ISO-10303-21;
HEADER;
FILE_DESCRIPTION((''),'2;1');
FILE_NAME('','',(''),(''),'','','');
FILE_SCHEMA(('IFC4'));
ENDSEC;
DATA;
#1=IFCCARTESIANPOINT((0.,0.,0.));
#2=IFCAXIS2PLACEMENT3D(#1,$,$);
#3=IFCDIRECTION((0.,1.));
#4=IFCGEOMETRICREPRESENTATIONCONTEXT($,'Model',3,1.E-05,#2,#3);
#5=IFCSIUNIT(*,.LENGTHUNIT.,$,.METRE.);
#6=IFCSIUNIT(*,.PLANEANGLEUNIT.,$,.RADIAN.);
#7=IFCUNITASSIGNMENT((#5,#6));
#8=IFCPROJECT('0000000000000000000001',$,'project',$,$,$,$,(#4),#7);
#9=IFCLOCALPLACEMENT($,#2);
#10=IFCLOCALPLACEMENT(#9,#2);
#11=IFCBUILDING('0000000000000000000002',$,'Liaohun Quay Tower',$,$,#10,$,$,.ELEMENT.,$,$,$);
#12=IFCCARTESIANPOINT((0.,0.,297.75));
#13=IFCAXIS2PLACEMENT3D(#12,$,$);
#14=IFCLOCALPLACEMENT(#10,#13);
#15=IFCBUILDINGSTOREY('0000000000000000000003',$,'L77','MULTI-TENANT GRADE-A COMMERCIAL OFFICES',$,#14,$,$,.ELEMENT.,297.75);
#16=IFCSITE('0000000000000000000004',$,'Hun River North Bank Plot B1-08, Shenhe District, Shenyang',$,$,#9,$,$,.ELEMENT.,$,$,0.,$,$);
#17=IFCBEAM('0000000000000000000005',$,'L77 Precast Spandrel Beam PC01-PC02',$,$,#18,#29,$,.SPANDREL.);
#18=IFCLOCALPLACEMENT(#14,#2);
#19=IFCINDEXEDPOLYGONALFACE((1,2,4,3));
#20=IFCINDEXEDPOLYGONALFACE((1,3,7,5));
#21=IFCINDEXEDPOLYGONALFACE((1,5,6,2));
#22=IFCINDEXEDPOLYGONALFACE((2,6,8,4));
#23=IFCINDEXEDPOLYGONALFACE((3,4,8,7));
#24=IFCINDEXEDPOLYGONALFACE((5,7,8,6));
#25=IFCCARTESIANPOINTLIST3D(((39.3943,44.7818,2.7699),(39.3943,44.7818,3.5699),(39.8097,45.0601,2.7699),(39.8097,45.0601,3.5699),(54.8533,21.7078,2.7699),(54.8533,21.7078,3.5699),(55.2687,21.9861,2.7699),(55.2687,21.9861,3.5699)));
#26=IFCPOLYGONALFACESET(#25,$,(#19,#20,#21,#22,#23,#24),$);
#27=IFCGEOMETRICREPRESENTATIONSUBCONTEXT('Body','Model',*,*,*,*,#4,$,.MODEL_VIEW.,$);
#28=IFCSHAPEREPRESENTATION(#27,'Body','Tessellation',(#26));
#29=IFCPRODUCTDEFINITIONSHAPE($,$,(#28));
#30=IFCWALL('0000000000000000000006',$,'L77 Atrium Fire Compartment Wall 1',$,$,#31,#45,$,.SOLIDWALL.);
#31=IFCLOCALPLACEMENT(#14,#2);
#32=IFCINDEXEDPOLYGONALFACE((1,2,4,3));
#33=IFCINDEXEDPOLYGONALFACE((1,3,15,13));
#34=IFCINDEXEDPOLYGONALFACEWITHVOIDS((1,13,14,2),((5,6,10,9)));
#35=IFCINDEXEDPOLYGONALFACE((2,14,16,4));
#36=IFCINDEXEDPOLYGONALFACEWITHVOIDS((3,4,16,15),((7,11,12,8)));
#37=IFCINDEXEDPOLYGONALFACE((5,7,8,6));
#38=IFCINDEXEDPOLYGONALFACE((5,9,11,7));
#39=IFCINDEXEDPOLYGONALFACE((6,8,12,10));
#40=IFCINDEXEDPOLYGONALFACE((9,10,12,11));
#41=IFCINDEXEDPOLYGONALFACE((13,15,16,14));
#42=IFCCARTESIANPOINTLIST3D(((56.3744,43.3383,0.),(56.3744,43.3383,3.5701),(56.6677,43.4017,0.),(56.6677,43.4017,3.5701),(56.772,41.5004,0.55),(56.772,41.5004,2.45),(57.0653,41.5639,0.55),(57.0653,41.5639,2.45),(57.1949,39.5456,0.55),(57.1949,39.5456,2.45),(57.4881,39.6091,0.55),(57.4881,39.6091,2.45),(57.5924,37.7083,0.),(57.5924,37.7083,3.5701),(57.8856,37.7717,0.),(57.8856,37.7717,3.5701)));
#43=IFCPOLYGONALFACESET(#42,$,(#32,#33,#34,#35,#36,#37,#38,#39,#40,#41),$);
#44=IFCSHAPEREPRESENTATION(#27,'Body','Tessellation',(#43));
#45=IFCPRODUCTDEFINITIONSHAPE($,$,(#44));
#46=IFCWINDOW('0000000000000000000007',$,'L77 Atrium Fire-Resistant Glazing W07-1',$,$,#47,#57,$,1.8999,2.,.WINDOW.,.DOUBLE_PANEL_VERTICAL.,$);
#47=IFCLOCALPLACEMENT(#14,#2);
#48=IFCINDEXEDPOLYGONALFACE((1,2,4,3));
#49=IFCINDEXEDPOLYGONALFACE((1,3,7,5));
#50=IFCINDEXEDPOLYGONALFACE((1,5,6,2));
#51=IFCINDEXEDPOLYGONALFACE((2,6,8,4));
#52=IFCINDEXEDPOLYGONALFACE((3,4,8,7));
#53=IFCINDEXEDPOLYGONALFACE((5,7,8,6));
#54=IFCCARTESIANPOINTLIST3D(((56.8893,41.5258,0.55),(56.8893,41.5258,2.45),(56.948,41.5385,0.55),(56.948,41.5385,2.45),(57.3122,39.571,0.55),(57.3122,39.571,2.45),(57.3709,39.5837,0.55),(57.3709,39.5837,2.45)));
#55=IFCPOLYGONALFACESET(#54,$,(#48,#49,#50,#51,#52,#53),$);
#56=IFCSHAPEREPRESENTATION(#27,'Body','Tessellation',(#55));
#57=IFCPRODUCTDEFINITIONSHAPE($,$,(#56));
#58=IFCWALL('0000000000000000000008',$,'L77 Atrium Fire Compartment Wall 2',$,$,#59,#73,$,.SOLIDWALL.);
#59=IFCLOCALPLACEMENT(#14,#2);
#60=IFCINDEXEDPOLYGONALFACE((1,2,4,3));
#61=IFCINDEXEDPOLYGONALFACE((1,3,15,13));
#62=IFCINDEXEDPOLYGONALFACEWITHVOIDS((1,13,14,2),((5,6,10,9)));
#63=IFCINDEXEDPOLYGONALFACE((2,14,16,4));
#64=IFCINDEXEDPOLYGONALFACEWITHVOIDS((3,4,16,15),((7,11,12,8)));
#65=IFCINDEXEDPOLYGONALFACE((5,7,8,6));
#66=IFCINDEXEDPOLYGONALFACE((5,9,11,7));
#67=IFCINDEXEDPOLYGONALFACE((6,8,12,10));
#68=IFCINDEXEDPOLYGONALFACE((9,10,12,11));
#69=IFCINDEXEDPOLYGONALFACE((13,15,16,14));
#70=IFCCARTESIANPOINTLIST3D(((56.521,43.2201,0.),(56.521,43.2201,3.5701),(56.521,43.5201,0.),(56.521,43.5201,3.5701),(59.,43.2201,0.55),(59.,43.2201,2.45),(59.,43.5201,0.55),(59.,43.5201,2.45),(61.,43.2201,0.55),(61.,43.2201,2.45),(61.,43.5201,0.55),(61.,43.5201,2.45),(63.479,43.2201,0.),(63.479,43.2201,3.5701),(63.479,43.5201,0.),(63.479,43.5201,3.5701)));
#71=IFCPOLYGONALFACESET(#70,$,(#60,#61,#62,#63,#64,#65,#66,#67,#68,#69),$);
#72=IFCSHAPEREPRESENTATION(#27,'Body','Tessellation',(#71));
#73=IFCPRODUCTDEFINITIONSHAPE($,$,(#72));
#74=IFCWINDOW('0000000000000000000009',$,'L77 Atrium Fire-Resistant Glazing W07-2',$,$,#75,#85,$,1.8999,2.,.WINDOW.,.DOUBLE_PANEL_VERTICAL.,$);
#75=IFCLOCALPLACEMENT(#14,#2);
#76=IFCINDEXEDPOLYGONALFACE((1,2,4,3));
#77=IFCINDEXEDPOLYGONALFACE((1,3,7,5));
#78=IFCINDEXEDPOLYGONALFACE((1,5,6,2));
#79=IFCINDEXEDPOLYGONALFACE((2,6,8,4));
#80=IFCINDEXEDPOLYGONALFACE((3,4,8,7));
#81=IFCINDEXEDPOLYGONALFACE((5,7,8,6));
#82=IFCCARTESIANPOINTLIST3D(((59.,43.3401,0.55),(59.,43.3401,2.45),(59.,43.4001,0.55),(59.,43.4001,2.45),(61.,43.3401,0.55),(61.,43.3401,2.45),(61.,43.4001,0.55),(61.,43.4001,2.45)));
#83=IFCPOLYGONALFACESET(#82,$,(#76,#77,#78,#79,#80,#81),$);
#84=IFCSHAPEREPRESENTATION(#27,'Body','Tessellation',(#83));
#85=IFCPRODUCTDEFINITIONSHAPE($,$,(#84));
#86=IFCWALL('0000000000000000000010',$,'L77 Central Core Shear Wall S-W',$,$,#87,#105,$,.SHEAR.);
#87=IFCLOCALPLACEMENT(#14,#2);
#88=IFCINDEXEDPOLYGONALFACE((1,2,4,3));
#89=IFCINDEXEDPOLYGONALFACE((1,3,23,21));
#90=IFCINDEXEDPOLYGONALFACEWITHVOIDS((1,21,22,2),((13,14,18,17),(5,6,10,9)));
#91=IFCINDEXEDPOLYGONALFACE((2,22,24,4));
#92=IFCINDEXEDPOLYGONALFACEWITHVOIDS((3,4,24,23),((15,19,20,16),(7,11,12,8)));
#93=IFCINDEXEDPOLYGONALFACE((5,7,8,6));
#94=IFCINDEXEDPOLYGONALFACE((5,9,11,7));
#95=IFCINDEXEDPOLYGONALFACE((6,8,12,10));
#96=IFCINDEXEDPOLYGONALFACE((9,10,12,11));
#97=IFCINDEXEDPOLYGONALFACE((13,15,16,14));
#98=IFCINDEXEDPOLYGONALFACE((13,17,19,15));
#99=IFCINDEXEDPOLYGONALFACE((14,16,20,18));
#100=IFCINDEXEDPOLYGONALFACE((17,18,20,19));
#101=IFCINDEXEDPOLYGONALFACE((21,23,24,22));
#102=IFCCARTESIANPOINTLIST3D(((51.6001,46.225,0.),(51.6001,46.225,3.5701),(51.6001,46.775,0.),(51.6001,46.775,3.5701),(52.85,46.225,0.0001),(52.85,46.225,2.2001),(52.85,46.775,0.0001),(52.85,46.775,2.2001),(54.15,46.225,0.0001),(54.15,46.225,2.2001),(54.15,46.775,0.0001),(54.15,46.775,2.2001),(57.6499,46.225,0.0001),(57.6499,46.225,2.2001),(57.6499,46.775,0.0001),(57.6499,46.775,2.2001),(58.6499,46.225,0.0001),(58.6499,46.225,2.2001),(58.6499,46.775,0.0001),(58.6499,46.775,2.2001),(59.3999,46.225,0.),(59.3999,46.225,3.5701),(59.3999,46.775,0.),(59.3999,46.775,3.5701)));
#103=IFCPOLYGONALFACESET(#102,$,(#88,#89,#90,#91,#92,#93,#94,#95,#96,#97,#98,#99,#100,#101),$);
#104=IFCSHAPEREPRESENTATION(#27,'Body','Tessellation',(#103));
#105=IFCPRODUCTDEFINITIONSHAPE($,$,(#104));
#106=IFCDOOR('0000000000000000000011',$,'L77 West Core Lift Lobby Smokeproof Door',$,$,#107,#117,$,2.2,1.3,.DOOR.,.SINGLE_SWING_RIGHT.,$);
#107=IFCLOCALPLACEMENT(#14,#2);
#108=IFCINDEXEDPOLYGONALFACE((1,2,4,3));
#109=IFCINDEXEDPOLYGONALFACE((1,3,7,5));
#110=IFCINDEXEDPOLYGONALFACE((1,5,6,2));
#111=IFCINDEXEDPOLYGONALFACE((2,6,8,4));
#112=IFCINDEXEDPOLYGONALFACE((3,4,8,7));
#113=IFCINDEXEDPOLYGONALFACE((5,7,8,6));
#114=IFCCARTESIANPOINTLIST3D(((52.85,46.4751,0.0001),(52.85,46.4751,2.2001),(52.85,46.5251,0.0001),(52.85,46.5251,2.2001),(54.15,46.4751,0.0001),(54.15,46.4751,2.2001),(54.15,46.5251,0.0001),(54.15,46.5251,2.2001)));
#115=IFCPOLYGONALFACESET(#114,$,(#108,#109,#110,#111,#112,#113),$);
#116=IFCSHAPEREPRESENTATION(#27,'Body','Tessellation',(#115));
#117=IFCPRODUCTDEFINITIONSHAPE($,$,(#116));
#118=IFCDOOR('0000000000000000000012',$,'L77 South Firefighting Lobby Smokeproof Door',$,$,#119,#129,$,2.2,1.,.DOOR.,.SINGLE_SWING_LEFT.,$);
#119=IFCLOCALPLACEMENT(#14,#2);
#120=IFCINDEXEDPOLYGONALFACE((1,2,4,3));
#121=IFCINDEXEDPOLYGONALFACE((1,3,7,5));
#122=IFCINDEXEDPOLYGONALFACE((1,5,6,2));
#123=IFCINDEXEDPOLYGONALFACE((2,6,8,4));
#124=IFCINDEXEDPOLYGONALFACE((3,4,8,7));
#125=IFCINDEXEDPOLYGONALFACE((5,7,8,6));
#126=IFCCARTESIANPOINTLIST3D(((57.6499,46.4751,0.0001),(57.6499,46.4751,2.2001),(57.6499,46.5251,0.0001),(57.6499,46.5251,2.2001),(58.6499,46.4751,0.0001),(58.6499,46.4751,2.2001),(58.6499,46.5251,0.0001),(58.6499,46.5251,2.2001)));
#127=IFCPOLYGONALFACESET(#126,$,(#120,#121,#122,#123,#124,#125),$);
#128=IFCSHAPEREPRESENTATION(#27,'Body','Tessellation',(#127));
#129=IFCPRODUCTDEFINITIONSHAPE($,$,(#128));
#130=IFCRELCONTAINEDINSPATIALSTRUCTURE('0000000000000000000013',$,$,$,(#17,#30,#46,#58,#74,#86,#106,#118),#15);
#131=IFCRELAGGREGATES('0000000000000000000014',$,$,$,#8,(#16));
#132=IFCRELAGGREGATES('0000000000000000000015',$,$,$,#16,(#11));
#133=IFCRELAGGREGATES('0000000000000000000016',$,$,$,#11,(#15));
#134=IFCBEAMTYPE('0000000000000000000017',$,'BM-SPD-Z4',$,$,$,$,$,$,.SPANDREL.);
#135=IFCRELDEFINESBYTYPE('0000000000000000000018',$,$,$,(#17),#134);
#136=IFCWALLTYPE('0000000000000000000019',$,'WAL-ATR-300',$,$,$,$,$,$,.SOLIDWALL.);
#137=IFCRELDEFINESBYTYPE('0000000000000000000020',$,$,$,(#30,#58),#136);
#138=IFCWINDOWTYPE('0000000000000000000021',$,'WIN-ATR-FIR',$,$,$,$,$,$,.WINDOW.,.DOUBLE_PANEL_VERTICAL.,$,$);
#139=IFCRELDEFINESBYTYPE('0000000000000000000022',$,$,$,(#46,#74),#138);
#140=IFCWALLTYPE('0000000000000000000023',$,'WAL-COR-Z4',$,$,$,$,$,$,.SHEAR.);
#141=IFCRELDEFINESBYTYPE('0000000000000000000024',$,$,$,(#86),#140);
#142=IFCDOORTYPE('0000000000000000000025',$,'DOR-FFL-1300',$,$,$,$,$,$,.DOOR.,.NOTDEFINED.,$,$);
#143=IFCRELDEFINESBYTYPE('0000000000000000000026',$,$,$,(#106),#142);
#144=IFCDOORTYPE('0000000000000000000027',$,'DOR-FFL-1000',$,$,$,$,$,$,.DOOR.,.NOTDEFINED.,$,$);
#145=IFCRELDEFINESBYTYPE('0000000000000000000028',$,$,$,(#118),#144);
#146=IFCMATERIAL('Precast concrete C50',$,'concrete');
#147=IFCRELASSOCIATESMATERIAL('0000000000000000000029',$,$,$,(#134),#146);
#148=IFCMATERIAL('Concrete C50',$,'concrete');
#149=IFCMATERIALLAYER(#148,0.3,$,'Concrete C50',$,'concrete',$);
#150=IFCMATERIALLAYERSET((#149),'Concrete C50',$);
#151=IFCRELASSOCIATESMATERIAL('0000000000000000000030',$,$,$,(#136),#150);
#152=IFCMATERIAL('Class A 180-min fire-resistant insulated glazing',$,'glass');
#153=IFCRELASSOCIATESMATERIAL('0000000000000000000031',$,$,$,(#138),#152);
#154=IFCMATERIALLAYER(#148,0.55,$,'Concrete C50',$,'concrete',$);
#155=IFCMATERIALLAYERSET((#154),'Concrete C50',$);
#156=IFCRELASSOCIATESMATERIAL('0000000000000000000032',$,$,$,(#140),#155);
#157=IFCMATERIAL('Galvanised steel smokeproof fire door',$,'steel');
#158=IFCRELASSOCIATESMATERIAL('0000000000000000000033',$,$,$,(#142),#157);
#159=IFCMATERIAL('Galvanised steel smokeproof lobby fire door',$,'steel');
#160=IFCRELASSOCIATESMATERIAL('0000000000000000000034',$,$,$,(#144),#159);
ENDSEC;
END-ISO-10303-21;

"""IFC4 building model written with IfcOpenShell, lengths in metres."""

from ifc_helpers import new_model, si_unit, direction, frame, frame_2d, origin, origin_2d, place, context, subcontext, project, spatial, rectangle, extrude, source, transform, mapped, material, layer, layer_set, material_profile, profile_set, type_object, element, fill, save


model = new_model("IFC4")

# Units and contexts
model_context = context("Model", 3, precision=1e-05, world=origin(), true_north=direction((0.0, 1.0)))
body_context = subcontext(model_context, "Body", "Model", "MODEL_VIEW")
ifc_project = project(units=[si_unit("LENGTHUNIT", "METRE"), si_unit("PLANEANGLEUNIT", "RADIAN")], contexts=[model_context])

# Site, building, storey
site_placement = place(None, origin())
site = spatial("IfcSite", under=ifc_project, at=site_placement, Name="Hun River North Bank Plot B1-08, Shenhe District, Shenyang", CompositionType="ELEMENT", RefElevation=0.0)
building_placement = place(site_placement, origin())
building = spatial("IfcBuilding", under=site, at=building_placement, Name="Liaohun Quay Tower", CompositionType="ELEMENT")
storey_placement = place(building_placement, frame((0.0, 0.0, 297.75)))
storey = spatial("IfcBuildingStorey", under=building, at=storey_placement, Name="L77", Description="MULTI-TENANT GRADE-A COMMERCIAL OFFICES", CompositionType="ELEMENT", Elevation=297.75)

# Shared definitions
ifc_material_1 = material(Name="Concrete C50", Category="concrete")

# Beam
ifc_material_2 = material(Name="Precast concrete C50", Category="concrete")
ifc_material_profile_1 = material_profile(ifc_material_2, rectangle(XDim=0.5, YDim=0.8, at=origin_2d()), Name="RC500x800")
ifc_profile_set_1 = profile_set([ifc_material_profile_1], Name="Precast concrete C50")
beam_type_1 = type_object("IfcBeamType", Name="BM-SPD-Z4", PredefinedType="SPANDREL", material=ifc_profile_set_1)
shared_shape_1 = source(origin(), body_context, "Body", "SweptSolid", [
    extrude(rectangle(XDim=0.5, YDim=0.8, at=origin_2d()), origin(), (0.0, 0.0, 1.0), 27.7739),
])
beam_1_placement = place(storey_placement, frame((55.061, 21.8469, 3.1699), z_axis=(-0.556602, 0.83078, 0.0), x_axis=(-0.83078, -0.556602, 0.0)))
element("IfcBeam", 1, at=beam_1_placement, inside=storey, type_object=beam_type_1, Name="L77 Precast Spandrel Beam PC01-PC02", PredefinedType="SPANDREL", context=body_context, shape_type="MappedRepresentation", body=[
    mapped(shared_shape_1, transform((0.0, 0.0, 0.0), x_axis=(1.0, 0.0, 0.0), y_axis=(0.0, 1.0, 0.0), z_axis=(0.0, 0.0, 1.0), scale=1.0)),
])

# Walls, openings, windows
ifc_layer_1 = layer(ifc_material_1, 0.3, Name="Concrete C50", Category="concrete")
ifc_layer_set_1 = layer_set([ifc_layer_1], Name="Concrete C50")
wall_type_1 = type_object("IfcWallType", Name="WAL-ATR-300", PredefinedType="SOLIDWALL", material=ifc_layer_set_1)
wall_1_placement = place(storey_placement, frame((57.739, 37.74, 0.0), z_axis=(0.0, 0.0, 1.0), x_axis=(-0.211448, 0.977389, 0.0)))
wall_1 = element("IfcWall", 2, at=wall_1_placement, inside=storey, type_object=wall_type_1, Name="L77 Atrium Fire Compartment Wall 1", PredefinedType="SOLIDWALL", context=body_context, shape_type="SweptSolid", body=[
    extrude(rectangle(XDim=5.7603, YDim=0.3, at=frame_2d((2.8801, 0.0))), origin(), (0.0, 0.0, 1.0), 3.5701),
])
shared_shape_2 = source(origin(), body_context, "Body", "SweptSolid", [
    extrude(rectangle(XDim=2.0, YDim=1.8999, at=frame_2d((1.0, 0.95))), frame((0.0, 0.1599, 0.0), z_axis=(0.0, -1.0, 0.0), x_axis=(1.0, 0.0, 0.0)), (0.0, 0.0, 1.0), 0.3201),
])
opening_1_placement = place(wall_1_placement, frame((1.8799, 0.0, 0.55)))
opening_1 = element("IfcOpeningElement", 3, at=opening_1_placement, cuts=wall_1, PredefinedType="OPENING", context=body_context, shape_type="MappedRepresentation", body=[
    mapped(shared_shape_2, transform((0.0, 0.0, 0.0), x_axis=(1.0, 0.0, 0.0), y_axis=(0.0, 1.0, 0.0), z_axis=(0.0, 0.0, 1.0), scale=1.0)),
])
ifc_material_3 = material(Name="Class A 180-min fire-resistant insulated glazing", Category="glass")
window_type_1 = type_object("IfcWindowType", Name="WIN-ATR-FIR", PartitioningType="DOUBLE_PANEL_VERTICAL", PredefinedType="WINDOW", material=ifc_material_3)
shared_shape_3 = source(origin(), body_context, "Body", "SweptSolid", [
    extrude(rectangle(XDim=2.0, YDim=1.8999, at=frame_2d((1.0, 0.95))), frame((0.0, 0.03, 0.0), z_axis=(0.0, -1.0, 0.0), x_axis=(1.0, 0.0, 0.0)), (0.0, 0.0, 1.0), 0.0601),
])
window_1_placement = place(opening_1_placement, origin())
window_1 = element("IfcWindow", 4, at=window_1_placement, inside=storey, type_object=window_type_1, Name="L77 Atrium Fire-Resistant Glazing W07-1", OverallHeight=1.8999, OverallWidth=2.0, PartitioningType="DOUBLE_PANEL_VERTICAL", PredefinedType="WINDOW", context=body_context, shape_type="MappedRepresentation", body=[
    mapped(shared_shape_3, transform((0.0, 0.0, 0.0), x_axis=(1.0, 0.0, 0.0), y_axis=(0.0, 1.0, 0.0), z_axis=(0.0, 0.0, 1.0), scale=1.0)),
])
fill(opening_1, window_1)
wall_2_placement = place(storey_placement, frame((56.521, 43.3701, 0.0), z_axis=(0.0, 0.0, 1.0), x_axis=(1.0, 0.0, 0.0)))
wall_2 = element("IfcWall", 5, at=wall_2_placement, inside=storey, type_object=wall_type_1, Name="L77 Atrium Fire Compartment Wall 2", PredefinedType="SOLIDWALL", context=body_context, shape_type="SweptSolid", body=[
    extrude(rectangle(XDim=6.958, YDim=0.3, at=frame_2d((3.479, 0.0))), origin(), (0.0, 0.0, 1.0), 3.5701),
])
opening_2_placement = place(wall_2_placement, frame((2.479, 0.0, 0.55)))
opening_2 = element("IfcOpeningElement", 6, at=opening_2_placement, cuts=wall_2, PredefinedType="OPENING", context=body_context, shape_type="MappedRepresentation", body=[
    mapped(shared_shape_2, transform((0.0, 0.0, 0.0), x_axis=(1.0, 0.0, 0.0), y_axis=(0.0, 1.0, 0.0), z_axis=(0.0, 0.0, 1.0), scale=1.0)),
])
window_2_placement = place(opening_2_placement, origin())
window_2 = element("IfcWindow", 7, at=window_2_placement, inside=storey, type_object=window_type_1, Name="L77 Atrium Fire-Resistant Glazing W07-2", OverallHeight=1.8999, OverallWidth=2.0, PartitioningType="DOUBLE_PANEL_VERTICAL", PredefinedType="WINDOW", context=body_context, shape_type="MappedRepresentation", body=[
    mapped(shared_shape_3, transform((0.0, 0.0, 0.0), x_axis=(1.0, 0.0, 0.0), y_axis=(0.0, 1.0, 0.0), z_axis=(0.0, 0.0, 1.0), scale=1.0)),
])
fill(opening_2, window_2)

# Wall, openings, doors
ifc_layer_2 = layer(ifc_material_1, 0.55, Name="Concrete C50", Category="concrete")
ifc_layer_set_2 = layer_set([ifc_layer_2], Name="Concrete C50")
wall_type_2 = type_object("IfcWallType", Name="WAL-COR-Z4", PredefinedType="SHEAR", material=ifc_layer_set_2)
wall_3_placement = place(storey_placement, frame((59.3999, 46.5, 0.0), z_axis=(0.0, 0.0, 1.0), x_axis=(-1.0, 0.0, 0.0)))
wall_3 = element("IfcWall", 8, at=wall_3_placement, inside=storey, type_object=wall_type_2, Name="L77 Central Core Shear Wall S-W", PredefinedType="SHEAR", context=body_context, shape_type="SweptSolid", body=[
    extrude(rectangle(XDim=7.7998, YDim=0.55, at=frame_2d((3.8999, 0.0))), origin(), (0.0, 0.0, 1.0), 3.5701),
])
shared_shape_4 = source(origin(), body_context, "Body", "SweptSolid", [
    extrude(rectangle(XDim=1.3, YDim=2.2, at=frame_2d((0.6499, 1.1001))), frame((0.0, 0.2849, 0.0), z_axis=(0.0, -1.0, 0.0), x_axis=(1.0, 0.0, 0.0)), (0.0, 0.0, 1.0), 0.5701),
])
opening_3_placement = place(wall_3_placement, frame((5.25, 0.0, 0.0)))
opening_3 = element("IfcOpeningElement", 9, at=opening_3_placement, cuts=wall_3, PredefinedType="OPENING", context=body_context, shape_type="MappedRepresentation", body=[
    mapped(shared_shape_4, transform((0.0, 0.0, 0.0), x_axis=(1.0, 0.0, 0.0), y_axis=(0.0, 1.0, 0.0), z_axis=(0.0, 0.0, 1.0), scale=1.0)),
])
shared_shape_5 = source(origin(), body_context, "Body", "SweptSolid", [
    extrude(rectangle(XDim=1.0, YDim=2.2, at=frame_2d((0.5, 1.1001))), frame((0.0, 0.2849, 0.0), z_axis=(0.0, -1.0, 0.0), x_axis=(1.0, 0.0, 0.0)), (0.0, 0.0, 1.0), 0.5701),
])
opening_4_placement = place(wall_3_placement, frame((0.75, 0.0, 0.0)))
opening_4 = element("IfcOpeningElement", 10, at=opening_4_placement, cuts=wall_3, PredefinedType="OPENING", context=body_context, shape_type="MappedRepresentation", body=[
    mapped(shared_shape_5, transform((0.0, 0.0, 0.0), x_axis=(1.0, 0.0, 0.0), y_axis=(0.0, 1.0, 0.0), z_axis=(0.0, 0.0, 1.0), scale=1.0)),
])
ifc_material_4 = material(Name="Galvanised steel smokeproof fire door", Category="steel")
door_type_1 = type_object("IfcDoorType", Name="DOR-FFL-1300", OperationType="NOTDEFINED", PredefinedType="DOOR", material=ifc_material_4)
shared_shape_6 = source(origin(), body_context, "Body", "SweptSolid", [
    extrude(rectangle(XDim=1.3, YDim=2.2, at=frame_2d((0.6499, 1.1001))), frame((0.0, 0.0249, 0.0), z_axis=(0.0, -1.0, 0.0), x_axis=(1.0, 0.0, 0.0)), (0.0, 0.0, 1.0), 0.05),
])
door_1_placement = place(opening_3_placement, origin())
door_1 = element("IfcDoor", 11, at=door_1_placement, inside=storey, type_object=door_type_1, Name="L77 West Core Lift Lobby Smokeproof Door", OperationType="SINGLE_SWING_RIGHT", OverallHeight=2.2, OverallWidth=1.3, PredefinedType="DOOR", context=body_context, shape_type="MappedRepresentation", body=[
    mapped(shared_shape_6, transform((0.0, 0.0, 0.0), x_axis=(1.0, 0.0, 0.0), y_axis=(0.0, 1.0, 0.0), z_axis=(0.0, 0.0, 1.0), scale=1.0)),
])
fill(opening_3, door_1)
ifc_material_5 = material(Name="Galvanised steel smokeproof lobby fire door", Category="steel")
door_type_2 = type_object("IfcDoorType", Name="DOR-FFL-1000", OperationType="NOTDEFINED", PredefinedType="DOOR", material=ifc_material_5)
shared_shape_7 = source(origin(), body_context, "Body", "SweptSolid", [
    extrude(rectangle(XDim=1.0, YDim=2.2, at=frame_2d((0.5, 1.1001))), frame((0.0, 0.0249, 0.0), z_axis=(0.0, -1.0, 0.0), x_axis=(1.0, 0.0, 0.0)), (0.0, 0.0, 1.0), 0.05),
])
door_2_placement = place(opening_4_placement, origin())
door_2 = element("IfcDoor", 12, at=door_2_placement, inside=storey, type_object=door_type_2, Name="L77 South Firefighting Lobby Smokeproof Door", OperationType="SINGLE_SWING_LEFT", OverallHeight=2.2, OverallWidth=1.0, PredefinedType="DOOR", context=body_context, shape_type="MappedRepresentation", body=[
    mapped(shared_shape_7, transform((0.0, 0.0, 0.0), x_axis=(1.0, 0.0, 0.0), y_axis=(0.0, 1.0, 0.0), z_axis=(0.0, 0.0, 1.0), scale=1.0)),
])
fill(opening_4, door_2)

save(model, "model.ifc")
